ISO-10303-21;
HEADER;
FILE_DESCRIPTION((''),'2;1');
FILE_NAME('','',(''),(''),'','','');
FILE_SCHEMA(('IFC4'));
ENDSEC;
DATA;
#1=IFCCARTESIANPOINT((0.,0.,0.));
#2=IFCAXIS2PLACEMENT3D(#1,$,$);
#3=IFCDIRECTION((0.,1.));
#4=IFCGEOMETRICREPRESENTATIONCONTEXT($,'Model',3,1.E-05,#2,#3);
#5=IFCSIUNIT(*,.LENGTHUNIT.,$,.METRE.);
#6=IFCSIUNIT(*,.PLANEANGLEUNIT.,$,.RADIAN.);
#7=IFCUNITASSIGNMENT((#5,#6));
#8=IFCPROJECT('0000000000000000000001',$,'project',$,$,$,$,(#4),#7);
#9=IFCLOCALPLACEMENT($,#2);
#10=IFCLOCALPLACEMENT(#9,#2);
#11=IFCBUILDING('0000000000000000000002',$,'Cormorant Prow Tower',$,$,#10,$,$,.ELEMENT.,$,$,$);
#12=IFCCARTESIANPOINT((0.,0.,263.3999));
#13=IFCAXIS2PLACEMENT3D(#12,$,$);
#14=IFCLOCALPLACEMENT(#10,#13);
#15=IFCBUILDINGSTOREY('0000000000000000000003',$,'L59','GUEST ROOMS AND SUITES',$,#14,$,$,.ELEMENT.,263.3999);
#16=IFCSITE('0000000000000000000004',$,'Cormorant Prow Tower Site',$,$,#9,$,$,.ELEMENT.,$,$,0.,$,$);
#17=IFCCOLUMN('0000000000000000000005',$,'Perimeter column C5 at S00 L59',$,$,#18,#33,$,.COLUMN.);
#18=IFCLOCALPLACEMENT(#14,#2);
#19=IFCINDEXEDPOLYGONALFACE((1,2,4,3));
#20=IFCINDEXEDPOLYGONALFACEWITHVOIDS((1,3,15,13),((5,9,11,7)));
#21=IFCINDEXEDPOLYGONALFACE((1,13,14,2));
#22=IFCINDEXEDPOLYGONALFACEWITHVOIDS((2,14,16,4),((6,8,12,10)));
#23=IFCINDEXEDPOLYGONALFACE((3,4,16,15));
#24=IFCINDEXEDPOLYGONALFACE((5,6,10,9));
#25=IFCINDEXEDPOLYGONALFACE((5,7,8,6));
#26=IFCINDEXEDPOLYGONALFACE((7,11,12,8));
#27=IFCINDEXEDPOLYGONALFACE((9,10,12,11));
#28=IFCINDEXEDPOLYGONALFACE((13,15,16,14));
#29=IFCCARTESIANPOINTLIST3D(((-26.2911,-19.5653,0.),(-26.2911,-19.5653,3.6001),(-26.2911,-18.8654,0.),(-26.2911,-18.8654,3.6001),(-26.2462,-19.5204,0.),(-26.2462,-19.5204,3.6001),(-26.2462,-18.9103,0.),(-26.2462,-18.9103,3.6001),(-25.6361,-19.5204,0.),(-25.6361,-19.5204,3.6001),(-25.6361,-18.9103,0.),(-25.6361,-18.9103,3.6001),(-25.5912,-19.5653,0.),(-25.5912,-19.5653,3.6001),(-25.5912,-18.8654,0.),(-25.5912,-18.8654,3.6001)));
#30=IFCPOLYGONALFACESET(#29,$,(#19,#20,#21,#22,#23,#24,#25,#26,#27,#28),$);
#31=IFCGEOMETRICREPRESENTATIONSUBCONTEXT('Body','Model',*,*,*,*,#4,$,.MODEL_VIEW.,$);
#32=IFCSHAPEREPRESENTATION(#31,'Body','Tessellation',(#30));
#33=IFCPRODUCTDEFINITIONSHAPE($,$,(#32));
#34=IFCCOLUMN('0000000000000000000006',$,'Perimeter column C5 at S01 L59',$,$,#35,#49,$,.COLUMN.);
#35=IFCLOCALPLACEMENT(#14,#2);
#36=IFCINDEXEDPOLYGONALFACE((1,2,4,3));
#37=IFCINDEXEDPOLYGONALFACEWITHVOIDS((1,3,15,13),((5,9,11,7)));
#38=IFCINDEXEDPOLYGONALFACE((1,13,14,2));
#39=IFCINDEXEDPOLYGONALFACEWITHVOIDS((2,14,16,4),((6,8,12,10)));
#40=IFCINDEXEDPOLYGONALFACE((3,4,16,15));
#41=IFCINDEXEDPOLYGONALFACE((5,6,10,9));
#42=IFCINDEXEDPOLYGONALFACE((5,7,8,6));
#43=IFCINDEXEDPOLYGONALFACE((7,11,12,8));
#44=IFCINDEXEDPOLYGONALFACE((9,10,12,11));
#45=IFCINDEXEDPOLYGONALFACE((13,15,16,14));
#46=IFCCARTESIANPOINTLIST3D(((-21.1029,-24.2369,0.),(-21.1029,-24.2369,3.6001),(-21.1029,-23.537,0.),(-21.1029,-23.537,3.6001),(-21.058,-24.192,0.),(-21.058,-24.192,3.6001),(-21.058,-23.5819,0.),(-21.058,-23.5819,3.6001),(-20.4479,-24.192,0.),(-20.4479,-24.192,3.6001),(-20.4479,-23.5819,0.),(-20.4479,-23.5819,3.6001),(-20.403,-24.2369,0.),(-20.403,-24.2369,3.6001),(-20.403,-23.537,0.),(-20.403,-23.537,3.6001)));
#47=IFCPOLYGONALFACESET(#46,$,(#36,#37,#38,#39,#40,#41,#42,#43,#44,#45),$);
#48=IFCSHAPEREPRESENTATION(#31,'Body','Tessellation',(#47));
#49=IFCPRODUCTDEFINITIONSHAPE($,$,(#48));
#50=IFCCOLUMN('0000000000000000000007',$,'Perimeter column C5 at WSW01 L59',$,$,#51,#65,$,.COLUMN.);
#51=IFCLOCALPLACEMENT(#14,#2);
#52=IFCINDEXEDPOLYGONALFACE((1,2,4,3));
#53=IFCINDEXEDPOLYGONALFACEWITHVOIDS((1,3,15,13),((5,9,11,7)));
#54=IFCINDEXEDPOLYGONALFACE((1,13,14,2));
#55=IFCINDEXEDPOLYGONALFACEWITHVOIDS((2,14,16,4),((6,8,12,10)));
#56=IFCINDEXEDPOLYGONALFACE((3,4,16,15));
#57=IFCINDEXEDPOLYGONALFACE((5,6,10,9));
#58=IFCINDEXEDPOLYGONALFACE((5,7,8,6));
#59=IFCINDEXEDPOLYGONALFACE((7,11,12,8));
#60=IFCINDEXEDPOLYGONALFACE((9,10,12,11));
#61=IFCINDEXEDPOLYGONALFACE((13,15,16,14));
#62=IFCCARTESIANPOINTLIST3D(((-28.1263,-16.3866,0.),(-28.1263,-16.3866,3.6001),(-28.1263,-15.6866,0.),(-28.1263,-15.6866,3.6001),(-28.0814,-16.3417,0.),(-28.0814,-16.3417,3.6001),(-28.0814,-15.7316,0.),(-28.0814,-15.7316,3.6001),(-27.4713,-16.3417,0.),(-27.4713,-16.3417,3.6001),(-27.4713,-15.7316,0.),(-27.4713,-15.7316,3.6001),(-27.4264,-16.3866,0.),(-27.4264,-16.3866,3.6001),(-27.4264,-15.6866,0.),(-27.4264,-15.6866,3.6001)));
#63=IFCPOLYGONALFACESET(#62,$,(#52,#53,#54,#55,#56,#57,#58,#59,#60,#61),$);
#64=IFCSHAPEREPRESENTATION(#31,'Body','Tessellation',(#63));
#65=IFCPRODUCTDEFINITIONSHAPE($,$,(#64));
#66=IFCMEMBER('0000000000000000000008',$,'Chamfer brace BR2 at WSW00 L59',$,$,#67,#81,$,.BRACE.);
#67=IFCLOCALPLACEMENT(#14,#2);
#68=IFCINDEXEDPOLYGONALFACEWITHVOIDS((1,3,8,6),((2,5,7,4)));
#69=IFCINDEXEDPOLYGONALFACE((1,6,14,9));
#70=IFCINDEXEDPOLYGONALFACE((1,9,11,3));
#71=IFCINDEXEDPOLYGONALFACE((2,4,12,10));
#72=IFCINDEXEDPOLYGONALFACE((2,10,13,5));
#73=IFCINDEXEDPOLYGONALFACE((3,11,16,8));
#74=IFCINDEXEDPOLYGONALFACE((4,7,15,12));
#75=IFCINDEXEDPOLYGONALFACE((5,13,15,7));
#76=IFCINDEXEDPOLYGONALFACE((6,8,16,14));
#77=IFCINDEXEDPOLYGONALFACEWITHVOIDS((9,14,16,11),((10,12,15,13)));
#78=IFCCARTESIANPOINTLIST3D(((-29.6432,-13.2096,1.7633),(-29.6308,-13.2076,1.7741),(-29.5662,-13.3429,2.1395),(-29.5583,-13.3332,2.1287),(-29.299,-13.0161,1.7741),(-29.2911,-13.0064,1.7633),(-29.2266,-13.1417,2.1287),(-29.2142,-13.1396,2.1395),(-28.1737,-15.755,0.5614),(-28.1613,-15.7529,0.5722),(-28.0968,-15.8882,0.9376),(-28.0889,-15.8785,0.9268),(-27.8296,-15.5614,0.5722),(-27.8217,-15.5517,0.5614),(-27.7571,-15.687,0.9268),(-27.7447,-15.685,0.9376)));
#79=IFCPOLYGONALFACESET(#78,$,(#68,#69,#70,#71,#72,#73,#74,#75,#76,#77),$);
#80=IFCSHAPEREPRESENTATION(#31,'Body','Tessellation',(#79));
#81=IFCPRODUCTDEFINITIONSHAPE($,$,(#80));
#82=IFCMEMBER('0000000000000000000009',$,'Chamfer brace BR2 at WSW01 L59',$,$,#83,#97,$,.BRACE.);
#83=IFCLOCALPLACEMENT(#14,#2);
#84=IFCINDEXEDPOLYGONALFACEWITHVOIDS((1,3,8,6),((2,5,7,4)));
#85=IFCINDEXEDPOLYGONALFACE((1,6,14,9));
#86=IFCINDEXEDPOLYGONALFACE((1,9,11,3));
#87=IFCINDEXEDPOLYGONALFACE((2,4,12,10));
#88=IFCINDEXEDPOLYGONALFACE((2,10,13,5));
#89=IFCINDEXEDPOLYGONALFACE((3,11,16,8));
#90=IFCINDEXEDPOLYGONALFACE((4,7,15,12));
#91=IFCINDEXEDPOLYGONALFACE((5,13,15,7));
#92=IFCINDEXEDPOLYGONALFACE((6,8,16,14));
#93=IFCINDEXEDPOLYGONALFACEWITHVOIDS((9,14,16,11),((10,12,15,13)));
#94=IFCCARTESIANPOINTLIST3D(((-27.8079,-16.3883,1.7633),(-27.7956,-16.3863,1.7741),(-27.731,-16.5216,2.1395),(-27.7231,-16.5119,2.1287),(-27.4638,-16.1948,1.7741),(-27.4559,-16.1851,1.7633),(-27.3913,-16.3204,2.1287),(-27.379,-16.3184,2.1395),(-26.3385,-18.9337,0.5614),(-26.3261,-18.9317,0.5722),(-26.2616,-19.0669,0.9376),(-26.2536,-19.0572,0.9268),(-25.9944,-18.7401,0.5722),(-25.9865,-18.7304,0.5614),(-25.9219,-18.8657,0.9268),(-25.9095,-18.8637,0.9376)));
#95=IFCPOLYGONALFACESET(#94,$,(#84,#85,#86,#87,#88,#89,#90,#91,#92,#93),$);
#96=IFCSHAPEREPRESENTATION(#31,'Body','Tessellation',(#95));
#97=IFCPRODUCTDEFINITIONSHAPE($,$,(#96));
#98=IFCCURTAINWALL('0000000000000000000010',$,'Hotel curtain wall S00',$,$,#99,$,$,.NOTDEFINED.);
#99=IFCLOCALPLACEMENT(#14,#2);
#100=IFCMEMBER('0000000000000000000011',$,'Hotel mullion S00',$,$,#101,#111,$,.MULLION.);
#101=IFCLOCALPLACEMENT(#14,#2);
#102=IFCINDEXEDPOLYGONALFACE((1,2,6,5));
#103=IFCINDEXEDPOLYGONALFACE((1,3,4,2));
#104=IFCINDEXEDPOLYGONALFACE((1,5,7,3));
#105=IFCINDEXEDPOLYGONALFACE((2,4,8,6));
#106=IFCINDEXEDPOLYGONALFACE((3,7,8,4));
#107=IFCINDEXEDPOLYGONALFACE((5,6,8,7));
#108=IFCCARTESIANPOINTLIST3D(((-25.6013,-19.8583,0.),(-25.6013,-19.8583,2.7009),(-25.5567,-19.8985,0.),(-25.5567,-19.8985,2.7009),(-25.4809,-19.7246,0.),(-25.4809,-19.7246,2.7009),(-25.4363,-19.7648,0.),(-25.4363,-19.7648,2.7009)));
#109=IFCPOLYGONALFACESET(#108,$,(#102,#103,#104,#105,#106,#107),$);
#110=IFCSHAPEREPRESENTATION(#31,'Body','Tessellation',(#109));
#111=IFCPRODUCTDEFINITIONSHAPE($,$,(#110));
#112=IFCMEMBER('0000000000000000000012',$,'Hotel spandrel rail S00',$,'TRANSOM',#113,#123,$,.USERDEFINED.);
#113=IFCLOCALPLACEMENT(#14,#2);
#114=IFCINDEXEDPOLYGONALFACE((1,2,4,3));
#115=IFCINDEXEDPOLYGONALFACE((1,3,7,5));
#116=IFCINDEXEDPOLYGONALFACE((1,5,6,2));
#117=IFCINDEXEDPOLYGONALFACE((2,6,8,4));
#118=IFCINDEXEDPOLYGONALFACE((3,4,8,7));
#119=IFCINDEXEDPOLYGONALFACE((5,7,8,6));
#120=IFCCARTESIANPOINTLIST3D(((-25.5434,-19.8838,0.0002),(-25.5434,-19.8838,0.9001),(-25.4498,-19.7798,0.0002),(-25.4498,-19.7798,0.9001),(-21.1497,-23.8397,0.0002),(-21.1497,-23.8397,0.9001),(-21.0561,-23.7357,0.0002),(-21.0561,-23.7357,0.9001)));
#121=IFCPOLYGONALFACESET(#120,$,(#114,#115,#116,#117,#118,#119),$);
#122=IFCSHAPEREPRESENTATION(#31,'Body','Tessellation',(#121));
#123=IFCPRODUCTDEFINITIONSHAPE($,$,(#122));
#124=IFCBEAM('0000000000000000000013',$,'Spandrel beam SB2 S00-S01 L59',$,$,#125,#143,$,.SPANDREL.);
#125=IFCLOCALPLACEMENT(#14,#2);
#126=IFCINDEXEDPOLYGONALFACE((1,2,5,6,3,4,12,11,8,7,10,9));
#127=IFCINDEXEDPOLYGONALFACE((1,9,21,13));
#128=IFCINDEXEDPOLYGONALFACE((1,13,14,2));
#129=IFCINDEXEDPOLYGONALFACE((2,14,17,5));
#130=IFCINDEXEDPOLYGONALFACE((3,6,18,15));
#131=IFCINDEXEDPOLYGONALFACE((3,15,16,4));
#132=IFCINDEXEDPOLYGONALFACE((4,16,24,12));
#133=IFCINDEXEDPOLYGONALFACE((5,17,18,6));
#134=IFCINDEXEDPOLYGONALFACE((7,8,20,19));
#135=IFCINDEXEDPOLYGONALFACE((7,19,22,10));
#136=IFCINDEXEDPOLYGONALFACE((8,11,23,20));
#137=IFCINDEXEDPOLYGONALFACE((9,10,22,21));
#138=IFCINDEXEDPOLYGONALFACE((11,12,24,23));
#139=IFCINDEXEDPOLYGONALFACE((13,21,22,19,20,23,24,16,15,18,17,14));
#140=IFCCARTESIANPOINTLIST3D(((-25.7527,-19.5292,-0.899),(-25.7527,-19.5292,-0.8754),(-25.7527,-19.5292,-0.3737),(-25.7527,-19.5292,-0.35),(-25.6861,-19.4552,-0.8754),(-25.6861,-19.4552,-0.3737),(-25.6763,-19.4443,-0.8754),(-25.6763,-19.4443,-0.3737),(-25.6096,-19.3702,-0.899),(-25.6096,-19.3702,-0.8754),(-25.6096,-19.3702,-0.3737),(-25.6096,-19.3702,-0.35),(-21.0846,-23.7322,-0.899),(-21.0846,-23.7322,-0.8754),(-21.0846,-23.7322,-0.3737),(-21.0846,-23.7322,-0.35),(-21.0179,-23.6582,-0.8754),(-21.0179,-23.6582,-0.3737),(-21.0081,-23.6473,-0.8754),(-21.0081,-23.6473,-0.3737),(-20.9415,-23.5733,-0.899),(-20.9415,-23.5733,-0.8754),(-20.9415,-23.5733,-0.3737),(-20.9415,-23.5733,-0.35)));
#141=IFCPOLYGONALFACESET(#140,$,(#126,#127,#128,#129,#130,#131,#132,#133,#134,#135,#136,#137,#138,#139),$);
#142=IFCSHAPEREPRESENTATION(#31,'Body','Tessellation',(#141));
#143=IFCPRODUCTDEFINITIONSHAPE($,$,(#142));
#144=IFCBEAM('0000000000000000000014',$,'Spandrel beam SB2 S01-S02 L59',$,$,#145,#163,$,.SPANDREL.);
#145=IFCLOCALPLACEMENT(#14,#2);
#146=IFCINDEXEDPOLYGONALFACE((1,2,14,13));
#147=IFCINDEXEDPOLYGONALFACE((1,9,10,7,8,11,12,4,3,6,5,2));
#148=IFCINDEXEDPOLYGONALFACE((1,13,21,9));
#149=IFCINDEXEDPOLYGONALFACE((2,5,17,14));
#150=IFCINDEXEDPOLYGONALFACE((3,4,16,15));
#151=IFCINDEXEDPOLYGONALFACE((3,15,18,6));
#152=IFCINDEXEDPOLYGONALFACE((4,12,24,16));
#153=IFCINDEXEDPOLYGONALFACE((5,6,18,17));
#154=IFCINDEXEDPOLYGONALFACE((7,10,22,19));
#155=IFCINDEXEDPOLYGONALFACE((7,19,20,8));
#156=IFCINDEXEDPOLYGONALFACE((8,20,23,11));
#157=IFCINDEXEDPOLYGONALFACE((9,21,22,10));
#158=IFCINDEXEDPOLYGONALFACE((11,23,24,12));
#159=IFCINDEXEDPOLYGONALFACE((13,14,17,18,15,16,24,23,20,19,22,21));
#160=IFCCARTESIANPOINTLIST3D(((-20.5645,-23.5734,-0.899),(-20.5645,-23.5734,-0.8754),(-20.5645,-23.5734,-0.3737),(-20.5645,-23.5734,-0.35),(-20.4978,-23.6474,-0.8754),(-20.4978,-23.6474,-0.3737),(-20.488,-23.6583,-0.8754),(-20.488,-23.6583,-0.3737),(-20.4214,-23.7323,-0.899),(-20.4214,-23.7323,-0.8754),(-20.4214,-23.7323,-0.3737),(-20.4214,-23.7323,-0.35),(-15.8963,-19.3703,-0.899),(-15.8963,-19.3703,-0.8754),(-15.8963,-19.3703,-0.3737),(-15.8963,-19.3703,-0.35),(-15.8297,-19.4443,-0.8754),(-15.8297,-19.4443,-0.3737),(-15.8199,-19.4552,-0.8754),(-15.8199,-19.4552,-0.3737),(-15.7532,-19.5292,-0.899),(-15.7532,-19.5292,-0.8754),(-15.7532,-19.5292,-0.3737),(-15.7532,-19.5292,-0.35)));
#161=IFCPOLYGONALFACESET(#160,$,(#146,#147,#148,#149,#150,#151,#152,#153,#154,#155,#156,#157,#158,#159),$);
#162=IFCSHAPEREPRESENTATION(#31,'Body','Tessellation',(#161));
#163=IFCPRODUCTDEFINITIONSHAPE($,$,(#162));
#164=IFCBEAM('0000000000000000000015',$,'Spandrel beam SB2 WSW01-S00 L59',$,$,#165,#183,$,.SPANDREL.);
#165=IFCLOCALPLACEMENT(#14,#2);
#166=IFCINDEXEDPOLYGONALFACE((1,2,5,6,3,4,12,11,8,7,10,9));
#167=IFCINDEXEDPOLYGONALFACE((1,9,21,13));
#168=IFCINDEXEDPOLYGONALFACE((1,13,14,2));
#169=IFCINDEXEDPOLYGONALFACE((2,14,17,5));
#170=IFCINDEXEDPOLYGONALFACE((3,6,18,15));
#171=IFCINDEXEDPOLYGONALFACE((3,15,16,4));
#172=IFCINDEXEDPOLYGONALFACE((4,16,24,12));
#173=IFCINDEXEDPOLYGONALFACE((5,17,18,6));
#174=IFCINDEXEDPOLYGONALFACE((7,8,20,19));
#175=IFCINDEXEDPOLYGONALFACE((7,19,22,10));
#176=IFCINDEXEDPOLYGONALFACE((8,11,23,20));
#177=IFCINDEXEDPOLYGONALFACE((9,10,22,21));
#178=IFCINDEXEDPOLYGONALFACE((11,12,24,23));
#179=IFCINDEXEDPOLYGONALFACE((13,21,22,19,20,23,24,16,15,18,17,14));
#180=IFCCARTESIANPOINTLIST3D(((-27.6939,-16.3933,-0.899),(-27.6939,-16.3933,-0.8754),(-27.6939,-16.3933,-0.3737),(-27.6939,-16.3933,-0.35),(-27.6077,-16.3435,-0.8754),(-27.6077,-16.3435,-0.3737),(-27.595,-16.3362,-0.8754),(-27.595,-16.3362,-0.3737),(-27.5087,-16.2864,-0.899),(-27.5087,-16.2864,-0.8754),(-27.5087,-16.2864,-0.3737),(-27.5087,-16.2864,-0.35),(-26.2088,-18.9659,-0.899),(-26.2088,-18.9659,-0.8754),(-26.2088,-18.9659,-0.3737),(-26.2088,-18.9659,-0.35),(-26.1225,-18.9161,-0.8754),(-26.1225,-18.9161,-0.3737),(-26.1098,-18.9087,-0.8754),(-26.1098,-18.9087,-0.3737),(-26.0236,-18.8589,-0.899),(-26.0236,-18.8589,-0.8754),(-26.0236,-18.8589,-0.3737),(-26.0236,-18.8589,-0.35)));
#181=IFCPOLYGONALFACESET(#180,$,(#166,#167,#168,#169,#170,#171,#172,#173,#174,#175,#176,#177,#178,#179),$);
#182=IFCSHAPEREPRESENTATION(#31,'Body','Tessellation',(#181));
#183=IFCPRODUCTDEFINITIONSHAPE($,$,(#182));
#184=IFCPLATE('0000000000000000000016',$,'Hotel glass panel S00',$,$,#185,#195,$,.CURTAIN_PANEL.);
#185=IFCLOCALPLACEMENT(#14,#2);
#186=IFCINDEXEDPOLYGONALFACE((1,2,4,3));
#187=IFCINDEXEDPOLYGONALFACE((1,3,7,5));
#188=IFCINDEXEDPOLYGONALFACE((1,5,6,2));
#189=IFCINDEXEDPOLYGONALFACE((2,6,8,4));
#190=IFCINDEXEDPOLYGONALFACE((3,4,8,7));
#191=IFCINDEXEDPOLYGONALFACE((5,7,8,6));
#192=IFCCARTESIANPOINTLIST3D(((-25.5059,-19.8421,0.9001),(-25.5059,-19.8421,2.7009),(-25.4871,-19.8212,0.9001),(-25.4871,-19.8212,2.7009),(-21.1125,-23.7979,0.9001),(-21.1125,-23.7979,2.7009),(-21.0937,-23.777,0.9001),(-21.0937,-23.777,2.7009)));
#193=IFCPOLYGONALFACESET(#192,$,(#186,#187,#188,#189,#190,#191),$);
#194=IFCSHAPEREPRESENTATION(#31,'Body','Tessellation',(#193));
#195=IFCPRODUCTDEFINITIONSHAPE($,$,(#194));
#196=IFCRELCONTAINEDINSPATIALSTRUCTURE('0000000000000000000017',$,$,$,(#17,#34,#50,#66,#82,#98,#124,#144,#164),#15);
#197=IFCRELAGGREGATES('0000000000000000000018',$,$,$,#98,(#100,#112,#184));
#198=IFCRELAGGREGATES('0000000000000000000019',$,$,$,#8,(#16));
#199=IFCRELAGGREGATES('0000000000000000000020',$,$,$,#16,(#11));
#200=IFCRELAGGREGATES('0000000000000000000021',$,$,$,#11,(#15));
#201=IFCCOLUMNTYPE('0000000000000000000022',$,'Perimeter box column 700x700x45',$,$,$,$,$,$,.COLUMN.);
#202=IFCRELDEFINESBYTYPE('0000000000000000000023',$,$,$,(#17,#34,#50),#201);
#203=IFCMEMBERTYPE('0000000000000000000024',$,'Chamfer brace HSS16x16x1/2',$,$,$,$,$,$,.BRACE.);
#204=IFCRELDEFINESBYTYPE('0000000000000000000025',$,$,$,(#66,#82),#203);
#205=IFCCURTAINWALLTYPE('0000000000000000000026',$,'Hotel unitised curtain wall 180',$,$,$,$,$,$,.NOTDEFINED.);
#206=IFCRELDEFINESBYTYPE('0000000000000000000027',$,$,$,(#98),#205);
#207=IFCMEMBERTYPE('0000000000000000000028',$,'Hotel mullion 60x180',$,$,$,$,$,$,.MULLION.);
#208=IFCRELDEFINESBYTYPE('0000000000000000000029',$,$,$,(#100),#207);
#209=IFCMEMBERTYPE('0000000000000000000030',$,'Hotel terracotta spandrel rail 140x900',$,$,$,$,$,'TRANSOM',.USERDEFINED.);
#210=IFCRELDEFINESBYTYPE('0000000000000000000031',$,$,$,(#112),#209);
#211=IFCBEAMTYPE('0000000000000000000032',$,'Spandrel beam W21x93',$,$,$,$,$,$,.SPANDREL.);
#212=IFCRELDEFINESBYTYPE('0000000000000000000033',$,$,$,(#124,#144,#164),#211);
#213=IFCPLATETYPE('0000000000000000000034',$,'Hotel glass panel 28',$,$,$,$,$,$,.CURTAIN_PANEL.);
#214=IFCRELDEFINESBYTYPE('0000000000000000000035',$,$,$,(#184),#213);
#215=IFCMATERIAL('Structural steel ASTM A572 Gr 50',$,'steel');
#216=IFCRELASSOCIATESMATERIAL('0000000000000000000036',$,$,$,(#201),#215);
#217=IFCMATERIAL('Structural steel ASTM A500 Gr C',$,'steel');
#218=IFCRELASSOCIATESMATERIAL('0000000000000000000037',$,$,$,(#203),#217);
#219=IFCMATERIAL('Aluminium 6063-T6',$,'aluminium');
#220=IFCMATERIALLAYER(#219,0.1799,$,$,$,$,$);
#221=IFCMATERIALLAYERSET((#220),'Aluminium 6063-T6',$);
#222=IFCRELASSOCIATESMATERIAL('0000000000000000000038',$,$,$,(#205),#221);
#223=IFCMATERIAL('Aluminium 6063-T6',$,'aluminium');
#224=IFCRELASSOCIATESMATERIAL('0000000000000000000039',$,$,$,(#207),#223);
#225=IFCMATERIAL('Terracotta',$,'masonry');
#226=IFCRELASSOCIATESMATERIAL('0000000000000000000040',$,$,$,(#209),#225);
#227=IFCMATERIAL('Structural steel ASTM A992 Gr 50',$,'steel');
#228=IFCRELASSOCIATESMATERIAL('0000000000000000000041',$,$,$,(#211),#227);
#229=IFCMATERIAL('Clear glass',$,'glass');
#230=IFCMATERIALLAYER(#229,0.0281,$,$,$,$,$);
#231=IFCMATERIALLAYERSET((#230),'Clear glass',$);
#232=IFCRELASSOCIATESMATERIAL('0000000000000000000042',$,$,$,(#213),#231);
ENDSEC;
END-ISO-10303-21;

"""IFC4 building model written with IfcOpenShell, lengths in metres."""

from ifc_helpers import new_model, si_unit, direction, frame, origin, origin_2d, place, context, subcontext, project, spatial, rectangle, hollow_rectangle, i_section, extrude, material, layer, layer_set, material_profile, profile_set, type_object, element, aggregate, save


model = new_model("IFC4")

# Units and contexts
model_context = context("Model", 3, precision=1e-05, world=origin(), true_north=direction((0.0, 1.0)))
body_context = subcontext(model_context, "Body", "Model", "MODEL_VIEW")
ifc_project = project(units=[si_unit("LENGTHUNIT", "METRE"), si_unit("PLANEANGLEUNIT", "RADIAN")], contexts=[model_context])

# Site, building, storey
site_placement = place(None, origin())
site = spatial("IfcSite", under=ifc_project, at=site_placement, Name="Cormorant Prow Tower Site", CompositionType="ELEMENT", RefElevation=0.0)
building_placement = place(site_placement, origin())
building = spatial("IfcBuilding", under=site, at=building_placement, Name="Cormorant Prow Tower", CompositionType="ELEMENT")
storey_placement = place(building_placement, frame((0.0, 0.0, 263.3999)))
storey = spatial("IfcBuildingStorey", under=building, at=storey_placement, Name="L59", Description="GUEST ROOMS AND SUITES", CompositionType="ELEMENT", Elevation=263.3999)

# Columns
ifc_material_1 = material(Name="Structural steel ASTM A572 Gr 50", Category="steel")
ifc_material_profile_1 = material_profile(ifc_material_1, hollow_rectangle(XDim=0.7, YDim=0.7, WallThickness=0.0449, at=origin_2d()), Name="Box 700x700x45")
ifc_profile_set_1 = profile_set([ifc_material_profile_1], Name="Structural steel ASTM A572 Gr 50")
column_type = type_object("IfcColumnType", Name="Perimeter box column 700x700x45", PredefinedType="COLUMN", material=ifc_profile_set_1)
for number, where, z_axis, x_axis, name in (
    (1, (-25.9412, -19.2153, 0.0), (0.0, 0.0, 1.0), (1.0, 0.0, 0.0), "Perimeter column C5 at S00 L59"),
    (2, (-20.7529, -23.887, 0.0), (0.0, 0.0, 1.0), (1.0, 0.0, 0.0), "Perimeter column C5 at S01 L59"),
    (3, (-27.7764, -16.0366, 0.0), (0.0, 0.0, 1.0), (1.0, 0.0, 0.0), "Perimeter column C5 at WSW01 L59"),
):
    element("IfcColumn", number, at=place(storey_placement, frame(where, z_axis=z_axis, x_axis=x_axis)), inside=storey, type_object=column_type, Name=name, PredefinedType="COLUMN", context=body_context, shape_type="SweptSolid", body=[
        extrude(hollow_rectangle(XDim=0.7, YDim=0.7, WallThickness=0.0449, at=origin_2d()), origin(), (0.0, 0.0, 1.0), 3.6001),
    ])

# Members
ifc_material_2 = material(Name="Structural steel ASTM A500 Gr C", Category="steel")
ifc_material_profile_2 = material_profile(ifc_material_2, hollow_rectangle(XDim=0.4065, YDim=0.4065, WallThickness=0.0117, at=origin_2d()), Name="HSS16x16x1/2")
ifc_profile_set_2 = profile_set([ifc_material_profile_2], Name="Structural steel ASTM A500 Gr C")
member_type_1 = type_object("IfcMemberType", Name="Chamfer brace HSS16x16x1/2", PredefinedType="BRACE", material=ifc_profile_set_2)
for number, where, z_axis, x_axis, name in (
    (4, (-27.9592, -15.72, 0.7495), (-0.462773, 0.801607, 0.378507), (-0.866042, -0.499972, 0.0), "Chamfer brace BR2 at WSW00 L59"),
    (5, (-26.124, -18.8987, 0.7495), (-0.462773, 0.801607, 0.378507), (-0.866042, -0.499972, 0.0), "Chamfer brace BR2 at WSW01 L59"),
):
    element("IfcMember", number, at=place(storey_placement, frame(where, z_axis=z_axis, x_axis=x_axis)), inside=storey, type_object=member_type_1, Name=name, PredefinedType="BRACE", context=body_context, shape_type="SweptSolid", body=[
        extrude(hollow_rectangle(XDim=0.4065, YDim=0.4065, WallThickness=0.0117, at=origin_2d()), origin(), (0.0, 0.0, 1.0), 3.1753),
    ])

# Curtain wall, members
ifc_material_3 = material(Name="Aluminium 6063-T6", Category="aluminium")
ifc_layer_1 = layer(ifc_material_3, 0.1799)
ifc_layer_set_1 = layer_set([ifc_layer_1], Name="Aluminium 6063-T6")
curtain_wall_type = type_object("IfcCurtainWallType", Name="Hotel unitised curtain wall 180", PredefinedType="NOTDEFINED", material=ifc_layer_set_1)
curtain_wall_placement = place(storey_placement, origin())
curtain_wall = element("IfcCurtainWall", 6, at=curtain_wall_placement, inside=storey, type_object=curtain_wall_type, Name="Hotel curtain wall S00", PredefinedType="NOTDEFINED")
ifc_material_4 = material(Name="Aluminium 6063-T6", Category="aluminium")
ifc_material_profile_3 = material_profile(ifc_material_4, rectangle(XDim=0.1799, YDim=0.0601, at=origin_2d()), Name="Hotel mullion 60x180")
ifc_profile_set_3 = profile_set([ifc_material_profile_3], Name="Aluminium 6063-T6")
member_type_2 = type_object("IfcMemberType", Name="Hotel mullion 60x180", PredefinedType="MULLION", material=ifc_profile_set_3)
member_1_placement = place(storey_placement, frame((-25.5188, -19.8115, 0.0), z_axis=(0.0, 0.0, 1.0), x_axis=(0.669131, 0.743145, 0.0)))
member_1 = element("IfcMember", 7, at=member_1_placement, type_object=member_type_2, Name="Hotel mullion S00", PredefinedType="MULLION", context=body_context, shape_type="SweptSolid", body=[
    extrude(rectangle(XDim=0.1799, YDim=0.0601, at=origin_2d()), origin(), (0.0, 0.0, 1.0), 2.7009),
])
ifc_material_5 = material(Name="Terracotta", Category="masonry")
ifc_material_profile_4 = material_profile(ifc_material_5, rectangle(XDim=0.1399, YDim=0.8999, at=origin_2d()), Name="Hotel terracotta spandrel rail 140x900")
ifc_profile_set_4 = profile_set([ifc_material_profile_4], Name="Terracotta")
member_type_3 = type_object("IfcMemberType", Name="Hotel terracotta spandrel rail 140x900", ElementType="TRANSOM", PredefinedType="USERDEFINED", material=ifc_profile_set_4)
member_2_placement = place(storey_placement, frame((-25.4966, -19.8318, 0.4502), z_axis=(0.743159, -0.669115, 0.0), x_axis=(0.669115, 0.743159, 0.0)))
member_2 = element("IfcMember", 8, at=member_2_placement, type_object=member_type_3, Name="Hotel spandrel rail S00", ObjectType="TRANSOM", PredefinedType="USERDEFINED", context=body_context, shape_type="SweptSolid", body=[
    extrude(rectangle(XDim=0.1399, YDim=0.8999, at=origin_2d()), origin(), (0.0, 0.0, 1.0), 5.9121),
])

# Beams
ifc_material_6 = material(Name="Structural steel ASTM A992 Gr 50", Category="steel")
ifc_material_profile_5 = material_profile(ifc_material_6, i_section(OverallWidth=0.2139, OverallDepth=0.5491, WebThickness=0.0146, FlangeThickness=0.0237, at=origin_2d()), Name="W21x93")
ifc_profile_set_5 = profile_set([ifc_material_profile_5], Name="Structural steel ASTM A992 Gr 50")
beam_type = type_object("IfcBeamType", Name="Spandrel beam W21x93", PredefinedType="SPANDREL", material=ifc_profile_set_5)
for number, where, z_axis, x_axis, name in (
    (9, (-25.6812, -19.4497, -0.6245), (0.743157, -0.669117, 0.0), (0.669117, 0.743157, 0.0), "Spandrel beam SB2 S00-S01 L59"),
    (10, (-20.4929, -23.6528, -0.6245), (0.743157, 0.669117, 0.0), (-0.669117, 0.743157, 0.0), "Spandrel beam SB2 S01-S02 L59"),
):
    element("IfcBeam", number, at=place(storey_placement, frame(where, z_axis=z_axis, x_axis=x_axis)), inside=storey, type_object=beam_type, Name=name, PredefinedType="SPANDREL", context=body_context, shape_type="SweptSolid", body=[
        extrude(i_section(OverallWidth=0.2139, OverallDepth=0.5491, WebThickness=0.0146, FlangeThickness=0.0237, at=origin_2d()), origin(), (0.0, 0.0, 1.0), 6.2815),
    ])
beam_placement = place(storey_placement, frame((-27.6013, -16.3398, -0.6245), z_axis=(0.499967, -0.866045, 0.0), x_axis=(0.866045, 0.499967, 0.0)))
element("IfcBeam", 11, at=beam_placement, inside=storey, type_object=beam_type, Name="Spandrel beam SB2 WSW01-S00 L59", PredefinedType="SPANDREL", context=body_context, shape_type="SweptSolid", body=[
    extrude(i_section(OverallWidth=0.2139, OverallDepth=0.5491, WebThickness=0.0146, FlangeThickness=0.0237, at=origin_2d()), origin(), (0.0, 0.0, 1.0), 2.9705),
])

# Plate
ifc_material_7 = material(Name="Clear glass", Category="glass")
ifc_layer_2 = layer(ifc_material_7, 0.0281)
ifc_layer_set_2 = layer_set([ifc_layer_2], Name="Clear glass")
plate_type = type_object("IfcPlateType", Name="Hotel glass panel 28", PredefinedType="CURTAIN_PANEL", material=ifc_layer_set_2)
plate_placement = place(storey_placement, frame((-23.2998, -21.8096, 0.9001), z_axis=(0.0, 0.0, 1.0), x_axis=(0.743145, -0.669131, 0.0)))
plate = element("IfcPlate", 12, at=plate_placement, type_object=plate_type, Name="Hotel glass panel S00", PredefinedType="CURTAIN_PANEL", context=body_context, shape_type="SweptSolid", body=[
    extrude(rectangle(XDim=5.9119, YDim=0.0281, at=origin_2d()), origin(), (0.0, 0.0, 1.0), 1.8008),
])
aggregate(curtain_wall, [member_1, member_2, plate])

save(model, "model.ifc")
